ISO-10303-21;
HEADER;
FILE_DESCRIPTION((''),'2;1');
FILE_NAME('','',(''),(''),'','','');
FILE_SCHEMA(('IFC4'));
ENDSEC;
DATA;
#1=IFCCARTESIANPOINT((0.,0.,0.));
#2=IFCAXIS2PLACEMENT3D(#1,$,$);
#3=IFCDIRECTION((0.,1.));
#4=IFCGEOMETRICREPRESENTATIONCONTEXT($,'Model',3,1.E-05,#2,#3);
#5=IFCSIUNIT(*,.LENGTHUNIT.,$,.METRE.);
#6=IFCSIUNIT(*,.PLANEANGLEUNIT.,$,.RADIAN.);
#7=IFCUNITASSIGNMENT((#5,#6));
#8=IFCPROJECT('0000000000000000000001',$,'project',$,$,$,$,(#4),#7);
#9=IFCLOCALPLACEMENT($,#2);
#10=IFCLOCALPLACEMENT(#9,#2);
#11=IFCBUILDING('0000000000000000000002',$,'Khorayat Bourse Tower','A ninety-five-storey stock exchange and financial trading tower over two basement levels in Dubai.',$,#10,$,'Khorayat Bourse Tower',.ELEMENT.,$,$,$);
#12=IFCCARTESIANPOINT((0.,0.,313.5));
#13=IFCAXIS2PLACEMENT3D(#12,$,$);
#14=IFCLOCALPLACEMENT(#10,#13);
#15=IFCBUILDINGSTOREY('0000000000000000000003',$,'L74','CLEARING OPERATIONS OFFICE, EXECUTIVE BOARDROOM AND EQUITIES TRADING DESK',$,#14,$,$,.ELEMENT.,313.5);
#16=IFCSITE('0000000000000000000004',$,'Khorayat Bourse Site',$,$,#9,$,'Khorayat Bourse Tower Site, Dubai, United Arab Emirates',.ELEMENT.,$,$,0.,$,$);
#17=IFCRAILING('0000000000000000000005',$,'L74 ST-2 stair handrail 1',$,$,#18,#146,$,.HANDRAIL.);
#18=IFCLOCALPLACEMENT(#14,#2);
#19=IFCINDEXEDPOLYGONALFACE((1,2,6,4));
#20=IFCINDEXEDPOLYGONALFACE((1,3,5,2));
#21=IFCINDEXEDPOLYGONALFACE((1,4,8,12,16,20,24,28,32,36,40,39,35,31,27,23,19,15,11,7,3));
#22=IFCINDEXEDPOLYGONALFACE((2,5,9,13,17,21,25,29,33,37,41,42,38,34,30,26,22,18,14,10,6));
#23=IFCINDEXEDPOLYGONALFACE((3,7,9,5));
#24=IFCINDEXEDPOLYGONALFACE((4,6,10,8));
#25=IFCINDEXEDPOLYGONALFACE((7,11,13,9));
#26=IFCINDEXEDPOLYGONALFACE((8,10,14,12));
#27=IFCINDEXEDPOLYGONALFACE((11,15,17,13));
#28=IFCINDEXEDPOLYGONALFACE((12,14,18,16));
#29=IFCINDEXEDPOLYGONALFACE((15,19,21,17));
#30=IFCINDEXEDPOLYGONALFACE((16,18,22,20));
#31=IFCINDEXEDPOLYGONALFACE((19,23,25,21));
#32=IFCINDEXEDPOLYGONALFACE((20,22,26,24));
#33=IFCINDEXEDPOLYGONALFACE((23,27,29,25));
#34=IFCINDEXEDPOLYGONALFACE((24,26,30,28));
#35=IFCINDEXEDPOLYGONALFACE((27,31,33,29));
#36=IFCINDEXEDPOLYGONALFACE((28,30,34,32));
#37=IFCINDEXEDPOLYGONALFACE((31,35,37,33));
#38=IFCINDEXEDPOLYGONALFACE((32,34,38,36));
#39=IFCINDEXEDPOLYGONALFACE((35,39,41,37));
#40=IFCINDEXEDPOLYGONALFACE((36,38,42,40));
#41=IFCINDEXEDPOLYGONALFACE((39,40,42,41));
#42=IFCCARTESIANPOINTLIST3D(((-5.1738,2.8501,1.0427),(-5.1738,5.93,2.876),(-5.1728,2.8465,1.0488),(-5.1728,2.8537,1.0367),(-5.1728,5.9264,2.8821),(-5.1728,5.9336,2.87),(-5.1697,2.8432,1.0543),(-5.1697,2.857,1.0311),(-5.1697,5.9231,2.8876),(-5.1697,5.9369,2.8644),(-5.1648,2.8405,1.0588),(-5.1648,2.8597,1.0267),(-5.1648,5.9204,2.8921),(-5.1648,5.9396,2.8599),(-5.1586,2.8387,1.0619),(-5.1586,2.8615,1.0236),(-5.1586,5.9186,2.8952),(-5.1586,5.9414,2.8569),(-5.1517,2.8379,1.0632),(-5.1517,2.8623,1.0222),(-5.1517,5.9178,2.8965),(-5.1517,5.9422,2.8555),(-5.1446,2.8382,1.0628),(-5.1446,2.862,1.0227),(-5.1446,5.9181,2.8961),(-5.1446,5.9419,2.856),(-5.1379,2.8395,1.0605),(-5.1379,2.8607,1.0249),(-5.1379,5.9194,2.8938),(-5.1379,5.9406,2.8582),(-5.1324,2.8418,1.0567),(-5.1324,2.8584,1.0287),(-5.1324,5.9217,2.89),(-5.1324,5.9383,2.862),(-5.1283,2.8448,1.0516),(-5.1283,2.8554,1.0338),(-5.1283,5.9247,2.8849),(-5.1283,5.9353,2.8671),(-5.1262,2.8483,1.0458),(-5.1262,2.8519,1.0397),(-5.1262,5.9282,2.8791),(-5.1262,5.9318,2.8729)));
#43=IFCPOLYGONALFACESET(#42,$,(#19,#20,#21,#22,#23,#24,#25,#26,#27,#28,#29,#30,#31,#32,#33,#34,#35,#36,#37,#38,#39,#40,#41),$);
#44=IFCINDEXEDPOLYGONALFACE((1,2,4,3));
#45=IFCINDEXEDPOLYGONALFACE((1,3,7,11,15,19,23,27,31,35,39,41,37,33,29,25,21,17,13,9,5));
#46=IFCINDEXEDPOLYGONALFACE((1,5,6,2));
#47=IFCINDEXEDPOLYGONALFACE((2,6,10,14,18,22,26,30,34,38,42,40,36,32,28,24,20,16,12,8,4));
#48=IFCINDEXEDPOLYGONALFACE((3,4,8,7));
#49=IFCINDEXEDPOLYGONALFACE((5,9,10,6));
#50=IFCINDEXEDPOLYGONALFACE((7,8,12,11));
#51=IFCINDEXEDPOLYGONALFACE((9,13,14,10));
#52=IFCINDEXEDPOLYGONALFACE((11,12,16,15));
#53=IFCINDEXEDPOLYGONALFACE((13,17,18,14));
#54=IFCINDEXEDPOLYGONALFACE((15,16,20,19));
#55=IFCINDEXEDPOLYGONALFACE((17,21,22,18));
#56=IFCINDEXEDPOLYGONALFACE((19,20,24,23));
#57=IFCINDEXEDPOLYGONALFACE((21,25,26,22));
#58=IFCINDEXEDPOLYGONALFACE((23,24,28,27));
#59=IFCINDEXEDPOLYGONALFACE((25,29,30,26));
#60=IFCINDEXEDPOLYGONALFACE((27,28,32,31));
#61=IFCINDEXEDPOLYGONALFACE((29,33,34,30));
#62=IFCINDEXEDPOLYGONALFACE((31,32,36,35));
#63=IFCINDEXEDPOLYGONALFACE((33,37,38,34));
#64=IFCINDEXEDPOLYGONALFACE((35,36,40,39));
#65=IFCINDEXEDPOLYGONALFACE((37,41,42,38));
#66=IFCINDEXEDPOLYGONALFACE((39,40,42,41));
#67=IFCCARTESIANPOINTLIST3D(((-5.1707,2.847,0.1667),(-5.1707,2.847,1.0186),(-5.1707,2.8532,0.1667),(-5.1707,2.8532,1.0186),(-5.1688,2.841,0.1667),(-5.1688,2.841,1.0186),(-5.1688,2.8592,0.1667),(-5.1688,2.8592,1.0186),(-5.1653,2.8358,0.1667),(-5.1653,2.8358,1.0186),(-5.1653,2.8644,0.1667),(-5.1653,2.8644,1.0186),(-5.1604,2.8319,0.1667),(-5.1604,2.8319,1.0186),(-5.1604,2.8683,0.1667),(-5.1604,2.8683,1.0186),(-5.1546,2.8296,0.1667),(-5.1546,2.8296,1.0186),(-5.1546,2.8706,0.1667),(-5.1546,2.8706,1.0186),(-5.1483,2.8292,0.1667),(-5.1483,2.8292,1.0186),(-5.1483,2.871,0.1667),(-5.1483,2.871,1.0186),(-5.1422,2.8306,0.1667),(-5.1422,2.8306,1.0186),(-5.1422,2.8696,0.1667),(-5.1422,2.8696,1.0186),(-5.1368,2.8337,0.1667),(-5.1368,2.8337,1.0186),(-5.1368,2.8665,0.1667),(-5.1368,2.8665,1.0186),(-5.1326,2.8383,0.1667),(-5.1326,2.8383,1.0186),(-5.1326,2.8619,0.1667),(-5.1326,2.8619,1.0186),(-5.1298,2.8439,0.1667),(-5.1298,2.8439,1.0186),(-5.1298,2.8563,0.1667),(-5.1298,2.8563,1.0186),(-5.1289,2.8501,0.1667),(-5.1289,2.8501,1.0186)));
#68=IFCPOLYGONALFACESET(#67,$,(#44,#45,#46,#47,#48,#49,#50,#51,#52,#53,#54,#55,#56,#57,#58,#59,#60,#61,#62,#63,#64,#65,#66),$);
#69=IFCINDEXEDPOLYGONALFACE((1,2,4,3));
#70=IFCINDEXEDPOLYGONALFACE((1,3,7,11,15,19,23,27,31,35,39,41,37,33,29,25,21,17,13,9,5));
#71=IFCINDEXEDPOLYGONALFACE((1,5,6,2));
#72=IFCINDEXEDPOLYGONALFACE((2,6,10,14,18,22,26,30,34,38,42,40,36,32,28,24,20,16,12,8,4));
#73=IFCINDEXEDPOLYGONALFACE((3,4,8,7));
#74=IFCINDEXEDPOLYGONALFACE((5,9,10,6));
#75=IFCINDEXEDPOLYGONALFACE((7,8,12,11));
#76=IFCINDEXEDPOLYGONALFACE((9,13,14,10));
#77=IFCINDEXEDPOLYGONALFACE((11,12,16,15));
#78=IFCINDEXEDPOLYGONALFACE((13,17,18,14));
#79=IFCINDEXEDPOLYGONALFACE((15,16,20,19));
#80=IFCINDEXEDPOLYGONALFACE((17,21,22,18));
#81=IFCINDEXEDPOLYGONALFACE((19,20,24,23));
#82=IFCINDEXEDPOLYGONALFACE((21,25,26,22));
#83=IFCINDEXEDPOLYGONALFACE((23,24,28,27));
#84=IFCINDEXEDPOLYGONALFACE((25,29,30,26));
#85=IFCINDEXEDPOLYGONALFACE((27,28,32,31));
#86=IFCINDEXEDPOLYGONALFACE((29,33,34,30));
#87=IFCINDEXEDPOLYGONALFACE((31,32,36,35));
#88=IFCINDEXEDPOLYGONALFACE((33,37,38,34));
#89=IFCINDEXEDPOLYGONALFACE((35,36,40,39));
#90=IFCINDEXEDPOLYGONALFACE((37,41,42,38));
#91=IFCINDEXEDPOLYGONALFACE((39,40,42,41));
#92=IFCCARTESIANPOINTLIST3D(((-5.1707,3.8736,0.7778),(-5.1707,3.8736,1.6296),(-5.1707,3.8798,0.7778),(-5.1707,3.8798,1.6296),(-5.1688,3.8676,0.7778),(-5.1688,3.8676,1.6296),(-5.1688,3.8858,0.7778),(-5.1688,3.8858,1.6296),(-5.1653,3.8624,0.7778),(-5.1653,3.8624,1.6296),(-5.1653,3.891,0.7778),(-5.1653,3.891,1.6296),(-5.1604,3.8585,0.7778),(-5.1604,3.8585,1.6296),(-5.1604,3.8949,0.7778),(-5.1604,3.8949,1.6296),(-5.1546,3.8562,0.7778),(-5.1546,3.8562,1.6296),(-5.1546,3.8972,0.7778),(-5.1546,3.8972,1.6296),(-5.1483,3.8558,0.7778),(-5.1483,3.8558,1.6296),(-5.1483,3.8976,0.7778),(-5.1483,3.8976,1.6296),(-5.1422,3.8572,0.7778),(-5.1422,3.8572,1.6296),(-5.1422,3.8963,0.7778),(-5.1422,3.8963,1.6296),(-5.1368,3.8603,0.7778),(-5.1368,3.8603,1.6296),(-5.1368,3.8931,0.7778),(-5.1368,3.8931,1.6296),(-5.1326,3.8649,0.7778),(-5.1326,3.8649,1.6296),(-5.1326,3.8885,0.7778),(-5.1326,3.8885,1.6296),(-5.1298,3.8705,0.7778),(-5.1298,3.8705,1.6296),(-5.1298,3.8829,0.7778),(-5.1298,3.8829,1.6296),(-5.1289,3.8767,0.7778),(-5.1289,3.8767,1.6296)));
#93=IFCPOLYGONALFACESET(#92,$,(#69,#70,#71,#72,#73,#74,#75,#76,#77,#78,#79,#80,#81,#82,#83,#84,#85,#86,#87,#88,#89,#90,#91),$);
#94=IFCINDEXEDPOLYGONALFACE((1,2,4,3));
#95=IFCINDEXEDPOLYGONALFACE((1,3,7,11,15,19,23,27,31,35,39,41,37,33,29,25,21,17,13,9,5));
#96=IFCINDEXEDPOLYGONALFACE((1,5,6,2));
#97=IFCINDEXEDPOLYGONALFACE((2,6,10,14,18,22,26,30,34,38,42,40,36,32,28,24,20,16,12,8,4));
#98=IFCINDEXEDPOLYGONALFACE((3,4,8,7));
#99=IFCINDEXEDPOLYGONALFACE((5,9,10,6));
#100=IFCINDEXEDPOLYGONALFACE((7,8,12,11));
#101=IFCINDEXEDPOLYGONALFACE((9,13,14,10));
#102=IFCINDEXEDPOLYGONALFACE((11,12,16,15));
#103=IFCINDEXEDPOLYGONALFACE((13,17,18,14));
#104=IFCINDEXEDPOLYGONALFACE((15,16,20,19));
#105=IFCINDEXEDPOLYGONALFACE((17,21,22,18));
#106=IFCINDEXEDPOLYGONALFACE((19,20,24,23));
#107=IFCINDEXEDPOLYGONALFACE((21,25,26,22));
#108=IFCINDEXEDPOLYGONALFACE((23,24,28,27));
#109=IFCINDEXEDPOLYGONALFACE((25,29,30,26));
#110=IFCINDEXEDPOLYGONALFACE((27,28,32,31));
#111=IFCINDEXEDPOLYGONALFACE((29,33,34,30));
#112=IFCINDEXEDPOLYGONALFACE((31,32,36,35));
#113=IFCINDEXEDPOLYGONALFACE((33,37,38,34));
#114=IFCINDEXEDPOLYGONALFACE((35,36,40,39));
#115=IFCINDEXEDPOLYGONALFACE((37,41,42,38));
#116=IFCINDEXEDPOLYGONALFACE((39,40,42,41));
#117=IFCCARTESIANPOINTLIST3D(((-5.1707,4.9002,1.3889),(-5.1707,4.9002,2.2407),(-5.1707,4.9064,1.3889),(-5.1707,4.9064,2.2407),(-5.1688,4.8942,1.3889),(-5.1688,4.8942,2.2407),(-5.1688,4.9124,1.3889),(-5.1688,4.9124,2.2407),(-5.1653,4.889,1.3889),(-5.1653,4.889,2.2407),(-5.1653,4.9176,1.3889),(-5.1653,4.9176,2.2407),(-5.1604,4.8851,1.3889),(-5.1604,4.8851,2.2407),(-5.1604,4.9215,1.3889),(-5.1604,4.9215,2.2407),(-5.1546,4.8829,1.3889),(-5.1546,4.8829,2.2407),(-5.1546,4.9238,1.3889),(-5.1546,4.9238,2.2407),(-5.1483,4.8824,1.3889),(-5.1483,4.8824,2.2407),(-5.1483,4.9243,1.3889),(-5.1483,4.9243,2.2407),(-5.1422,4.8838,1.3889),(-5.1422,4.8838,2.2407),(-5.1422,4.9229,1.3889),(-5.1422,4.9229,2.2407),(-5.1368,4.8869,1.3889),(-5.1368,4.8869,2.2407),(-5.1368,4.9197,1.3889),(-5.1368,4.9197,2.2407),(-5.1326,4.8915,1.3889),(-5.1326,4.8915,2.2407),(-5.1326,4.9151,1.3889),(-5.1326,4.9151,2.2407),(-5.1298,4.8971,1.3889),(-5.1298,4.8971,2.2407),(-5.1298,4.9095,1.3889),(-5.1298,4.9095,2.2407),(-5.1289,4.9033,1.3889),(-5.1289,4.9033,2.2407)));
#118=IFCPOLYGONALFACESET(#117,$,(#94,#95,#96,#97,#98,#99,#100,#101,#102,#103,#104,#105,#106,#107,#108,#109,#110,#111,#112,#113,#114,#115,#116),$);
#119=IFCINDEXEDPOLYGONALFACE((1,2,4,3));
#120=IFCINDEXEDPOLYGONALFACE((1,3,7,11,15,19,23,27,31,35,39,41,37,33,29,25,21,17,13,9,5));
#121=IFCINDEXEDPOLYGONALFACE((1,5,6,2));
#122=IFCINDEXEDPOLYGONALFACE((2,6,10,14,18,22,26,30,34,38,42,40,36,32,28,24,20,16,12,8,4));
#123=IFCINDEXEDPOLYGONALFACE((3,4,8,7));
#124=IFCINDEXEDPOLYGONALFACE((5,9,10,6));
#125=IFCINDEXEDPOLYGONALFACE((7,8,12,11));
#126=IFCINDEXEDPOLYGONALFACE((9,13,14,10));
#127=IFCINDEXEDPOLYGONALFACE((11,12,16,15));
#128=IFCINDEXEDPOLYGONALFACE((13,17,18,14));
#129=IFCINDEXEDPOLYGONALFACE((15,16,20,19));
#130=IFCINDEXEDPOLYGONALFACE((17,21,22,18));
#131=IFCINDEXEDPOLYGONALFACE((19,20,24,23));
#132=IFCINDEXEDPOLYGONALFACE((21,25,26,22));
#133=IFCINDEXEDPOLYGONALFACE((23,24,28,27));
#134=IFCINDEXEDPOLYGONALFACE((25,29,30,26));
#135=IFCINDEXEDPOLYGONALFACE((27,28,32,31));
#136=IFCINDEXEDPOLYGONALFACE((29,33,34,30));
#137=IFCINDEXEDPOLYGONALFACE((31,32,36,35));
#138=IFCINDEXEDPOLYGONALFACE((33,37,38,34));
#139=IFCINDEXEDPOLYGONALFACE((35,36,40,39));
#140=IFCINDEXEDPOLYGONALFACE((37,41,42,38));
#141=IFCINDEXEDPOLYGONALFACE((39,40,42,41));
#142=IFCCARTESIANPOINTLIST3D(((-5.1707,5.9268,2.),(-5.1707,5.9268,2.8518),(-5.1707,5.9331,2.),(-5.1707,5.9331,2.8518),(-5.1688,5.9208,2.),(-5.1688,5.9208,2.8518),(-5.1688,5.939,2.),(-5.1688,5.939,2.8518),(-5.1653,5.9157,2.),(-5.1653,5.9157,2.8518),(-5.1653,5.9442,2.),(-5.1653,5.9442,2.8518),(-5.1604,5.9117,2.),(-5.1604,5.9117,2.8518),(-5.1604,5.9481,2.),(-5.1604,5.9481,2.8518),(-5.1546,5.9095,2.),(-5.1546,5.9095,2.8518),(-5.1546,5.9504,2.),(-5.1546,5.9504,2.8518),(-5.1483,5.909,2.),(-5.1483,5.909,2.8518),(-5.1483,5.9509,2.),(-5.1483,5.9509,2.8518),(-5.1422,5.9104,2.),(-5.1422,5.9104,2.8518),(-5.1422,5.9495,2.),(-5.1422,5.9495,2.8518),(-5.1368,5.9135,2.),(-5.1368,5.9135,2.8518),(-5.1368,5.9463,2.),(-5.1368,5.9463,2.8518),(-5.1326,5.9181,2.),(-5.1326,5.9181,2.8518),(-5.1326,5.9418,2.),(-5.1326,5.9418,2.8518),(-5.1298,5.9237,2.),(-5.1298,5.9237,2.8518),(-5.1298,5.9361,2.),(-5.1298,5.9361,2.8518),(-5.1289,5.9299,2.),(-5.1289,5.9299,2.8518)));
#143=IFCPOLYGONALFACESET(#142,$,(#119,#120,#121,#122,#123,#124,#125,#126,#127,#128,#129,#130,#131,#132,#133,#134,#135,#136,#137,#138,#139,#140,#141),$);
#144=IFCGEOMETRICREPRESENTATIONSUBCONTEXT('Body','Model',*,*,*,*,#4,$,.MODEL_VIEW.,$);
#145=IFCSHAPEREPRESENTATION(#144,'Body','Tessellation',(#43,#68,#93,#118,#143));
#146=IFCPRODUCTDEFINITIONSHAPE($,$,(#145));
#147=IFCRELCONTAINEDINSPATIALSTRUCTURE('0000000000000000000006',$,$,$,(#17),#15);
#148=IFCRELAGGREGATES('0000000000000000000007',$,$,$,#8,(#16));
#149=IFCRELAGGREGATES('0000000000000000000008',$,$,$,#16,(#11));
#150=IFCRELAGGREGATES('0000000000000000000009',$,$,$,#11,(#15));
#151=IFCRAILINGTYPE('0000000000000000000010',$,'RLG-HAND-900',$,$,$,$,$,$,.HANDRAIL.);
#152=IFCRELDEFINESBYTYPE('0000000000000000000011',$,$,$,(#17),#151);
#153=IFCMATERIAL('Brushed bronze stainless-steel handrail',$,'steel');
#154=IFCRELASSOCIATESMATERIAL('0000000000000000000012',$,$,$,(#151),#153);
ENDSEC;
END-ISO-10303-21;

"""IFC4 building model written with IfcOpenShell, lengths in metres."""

from ifc_helpers import new_model, si_unit, direction, frame, origin, origin_2d, place, context, subcontext, project, spatial, circle, extrude, source, transform, mapped, material, type_object, element, save


model = new_model("IFC4")

# Units and contexts
model_context = context("Model", 3, precision=1e-05, world=origin(), true_north=direction((0.0, 1.0)))
body_context = subcontext(model_context, "Body", "Model", "MODEL_VIEW")
ifc_project = project(units=[si_unit("LENGTHUNIT", "METRE"), si_unit("PLANEANGLEUNIT", "RADIAN")], contexts=[model_context])

# Site, building, storey
site_placement = place(None, origin())
site = spatial("IfcSite", under=ifc_project, at=site_placement, Name="Khorayat Bourse Site", LongName="Khorayat Bourse Tower Site, Dubai, United Arab Emirates", CompositionType="ELEMENT", RefElevation=0.0)
building_placement = place(site_placement, origin())
building = spatial("IfcBuilding", under=site, at=building_placement, Name="Khorayat Bourse Tower", Description="A ninety-five-storey stock exchange and financial trading tower over two basement levels in Dubai.", LongName="Khorayat Bourse Tower", CompositionType="ELEMENT")
storey_placement = place(building_placement, frame((0.0, 0.0, 313.5)))
storey = spatial("IfcBuildingStorey", under=building, at=storey_placement, Name="L74", Description="CLEARING OPERATIONS OFFICE, EXECUTIVE BOARDROOM AND EQUITIES TRADING DESK", CompositionType="ELEMENT", Elevation=313.5)

# Railing
ifc_material_1 = material(Name="Brushed bronze stainless-steel handrail", Category="steel")
railing_type_1 = type_object("IfcRailingType", Name="RLG-HAND-900", PredefinedType="HANDRAIL", material=ifc_material_1)
shared_shape_1 = source(origin(), body_context, "Body", "SweptSolid", [
    extrude(circle(Radius=0.0239, at=origin_2d()), frame((0.0, 0.0, 0.876), z_axis=(0.0, 0.859291, 0.511487), x_axis=(-1.0, 0.0, 0.0)), (0.0, 0.0, 1.0), 3.5842),
    extrude(circle(Radius=0.021, at=origin_2d()), origin(), (0.0, 0.0, 1.0), 0.8518),
    extrude(circle(Radius=0.021, at=origin_2d()), frame((0.0, 1.0266, 0.6111)), (0.0, 0.0, 1.0), 0.8518),
    extrude(circle(Radius=0.021, at=origin_2d()), frame((0.0, 2.0532, 1.2222)), (0.0, 0.0, 1.0), 0.8518),
    extrude(circle(Radius=0.021, at=origin_2d()), frame((0.0, 3.0798, 1.8333)), (0.0, 0.0, 1.0), 0.8518),
])
railing_1_placement = place(storey_placement, frame((-5.1499, 2.8501, 0.1667)))
element("IfcRailing", 1, at=railing_1_placement, inside=storey, type_object=railing_type_1, Name="L74 ST-2 stair handrail 1", PredefinedType="HANDRAIL", context=body_context, shape_type="MappedRepresentation", body=[
    mapped(shared_shape_1, transform((0.0, 0.0, 0.0), scale=1.0)),
])

save(model, "model.ifc")
